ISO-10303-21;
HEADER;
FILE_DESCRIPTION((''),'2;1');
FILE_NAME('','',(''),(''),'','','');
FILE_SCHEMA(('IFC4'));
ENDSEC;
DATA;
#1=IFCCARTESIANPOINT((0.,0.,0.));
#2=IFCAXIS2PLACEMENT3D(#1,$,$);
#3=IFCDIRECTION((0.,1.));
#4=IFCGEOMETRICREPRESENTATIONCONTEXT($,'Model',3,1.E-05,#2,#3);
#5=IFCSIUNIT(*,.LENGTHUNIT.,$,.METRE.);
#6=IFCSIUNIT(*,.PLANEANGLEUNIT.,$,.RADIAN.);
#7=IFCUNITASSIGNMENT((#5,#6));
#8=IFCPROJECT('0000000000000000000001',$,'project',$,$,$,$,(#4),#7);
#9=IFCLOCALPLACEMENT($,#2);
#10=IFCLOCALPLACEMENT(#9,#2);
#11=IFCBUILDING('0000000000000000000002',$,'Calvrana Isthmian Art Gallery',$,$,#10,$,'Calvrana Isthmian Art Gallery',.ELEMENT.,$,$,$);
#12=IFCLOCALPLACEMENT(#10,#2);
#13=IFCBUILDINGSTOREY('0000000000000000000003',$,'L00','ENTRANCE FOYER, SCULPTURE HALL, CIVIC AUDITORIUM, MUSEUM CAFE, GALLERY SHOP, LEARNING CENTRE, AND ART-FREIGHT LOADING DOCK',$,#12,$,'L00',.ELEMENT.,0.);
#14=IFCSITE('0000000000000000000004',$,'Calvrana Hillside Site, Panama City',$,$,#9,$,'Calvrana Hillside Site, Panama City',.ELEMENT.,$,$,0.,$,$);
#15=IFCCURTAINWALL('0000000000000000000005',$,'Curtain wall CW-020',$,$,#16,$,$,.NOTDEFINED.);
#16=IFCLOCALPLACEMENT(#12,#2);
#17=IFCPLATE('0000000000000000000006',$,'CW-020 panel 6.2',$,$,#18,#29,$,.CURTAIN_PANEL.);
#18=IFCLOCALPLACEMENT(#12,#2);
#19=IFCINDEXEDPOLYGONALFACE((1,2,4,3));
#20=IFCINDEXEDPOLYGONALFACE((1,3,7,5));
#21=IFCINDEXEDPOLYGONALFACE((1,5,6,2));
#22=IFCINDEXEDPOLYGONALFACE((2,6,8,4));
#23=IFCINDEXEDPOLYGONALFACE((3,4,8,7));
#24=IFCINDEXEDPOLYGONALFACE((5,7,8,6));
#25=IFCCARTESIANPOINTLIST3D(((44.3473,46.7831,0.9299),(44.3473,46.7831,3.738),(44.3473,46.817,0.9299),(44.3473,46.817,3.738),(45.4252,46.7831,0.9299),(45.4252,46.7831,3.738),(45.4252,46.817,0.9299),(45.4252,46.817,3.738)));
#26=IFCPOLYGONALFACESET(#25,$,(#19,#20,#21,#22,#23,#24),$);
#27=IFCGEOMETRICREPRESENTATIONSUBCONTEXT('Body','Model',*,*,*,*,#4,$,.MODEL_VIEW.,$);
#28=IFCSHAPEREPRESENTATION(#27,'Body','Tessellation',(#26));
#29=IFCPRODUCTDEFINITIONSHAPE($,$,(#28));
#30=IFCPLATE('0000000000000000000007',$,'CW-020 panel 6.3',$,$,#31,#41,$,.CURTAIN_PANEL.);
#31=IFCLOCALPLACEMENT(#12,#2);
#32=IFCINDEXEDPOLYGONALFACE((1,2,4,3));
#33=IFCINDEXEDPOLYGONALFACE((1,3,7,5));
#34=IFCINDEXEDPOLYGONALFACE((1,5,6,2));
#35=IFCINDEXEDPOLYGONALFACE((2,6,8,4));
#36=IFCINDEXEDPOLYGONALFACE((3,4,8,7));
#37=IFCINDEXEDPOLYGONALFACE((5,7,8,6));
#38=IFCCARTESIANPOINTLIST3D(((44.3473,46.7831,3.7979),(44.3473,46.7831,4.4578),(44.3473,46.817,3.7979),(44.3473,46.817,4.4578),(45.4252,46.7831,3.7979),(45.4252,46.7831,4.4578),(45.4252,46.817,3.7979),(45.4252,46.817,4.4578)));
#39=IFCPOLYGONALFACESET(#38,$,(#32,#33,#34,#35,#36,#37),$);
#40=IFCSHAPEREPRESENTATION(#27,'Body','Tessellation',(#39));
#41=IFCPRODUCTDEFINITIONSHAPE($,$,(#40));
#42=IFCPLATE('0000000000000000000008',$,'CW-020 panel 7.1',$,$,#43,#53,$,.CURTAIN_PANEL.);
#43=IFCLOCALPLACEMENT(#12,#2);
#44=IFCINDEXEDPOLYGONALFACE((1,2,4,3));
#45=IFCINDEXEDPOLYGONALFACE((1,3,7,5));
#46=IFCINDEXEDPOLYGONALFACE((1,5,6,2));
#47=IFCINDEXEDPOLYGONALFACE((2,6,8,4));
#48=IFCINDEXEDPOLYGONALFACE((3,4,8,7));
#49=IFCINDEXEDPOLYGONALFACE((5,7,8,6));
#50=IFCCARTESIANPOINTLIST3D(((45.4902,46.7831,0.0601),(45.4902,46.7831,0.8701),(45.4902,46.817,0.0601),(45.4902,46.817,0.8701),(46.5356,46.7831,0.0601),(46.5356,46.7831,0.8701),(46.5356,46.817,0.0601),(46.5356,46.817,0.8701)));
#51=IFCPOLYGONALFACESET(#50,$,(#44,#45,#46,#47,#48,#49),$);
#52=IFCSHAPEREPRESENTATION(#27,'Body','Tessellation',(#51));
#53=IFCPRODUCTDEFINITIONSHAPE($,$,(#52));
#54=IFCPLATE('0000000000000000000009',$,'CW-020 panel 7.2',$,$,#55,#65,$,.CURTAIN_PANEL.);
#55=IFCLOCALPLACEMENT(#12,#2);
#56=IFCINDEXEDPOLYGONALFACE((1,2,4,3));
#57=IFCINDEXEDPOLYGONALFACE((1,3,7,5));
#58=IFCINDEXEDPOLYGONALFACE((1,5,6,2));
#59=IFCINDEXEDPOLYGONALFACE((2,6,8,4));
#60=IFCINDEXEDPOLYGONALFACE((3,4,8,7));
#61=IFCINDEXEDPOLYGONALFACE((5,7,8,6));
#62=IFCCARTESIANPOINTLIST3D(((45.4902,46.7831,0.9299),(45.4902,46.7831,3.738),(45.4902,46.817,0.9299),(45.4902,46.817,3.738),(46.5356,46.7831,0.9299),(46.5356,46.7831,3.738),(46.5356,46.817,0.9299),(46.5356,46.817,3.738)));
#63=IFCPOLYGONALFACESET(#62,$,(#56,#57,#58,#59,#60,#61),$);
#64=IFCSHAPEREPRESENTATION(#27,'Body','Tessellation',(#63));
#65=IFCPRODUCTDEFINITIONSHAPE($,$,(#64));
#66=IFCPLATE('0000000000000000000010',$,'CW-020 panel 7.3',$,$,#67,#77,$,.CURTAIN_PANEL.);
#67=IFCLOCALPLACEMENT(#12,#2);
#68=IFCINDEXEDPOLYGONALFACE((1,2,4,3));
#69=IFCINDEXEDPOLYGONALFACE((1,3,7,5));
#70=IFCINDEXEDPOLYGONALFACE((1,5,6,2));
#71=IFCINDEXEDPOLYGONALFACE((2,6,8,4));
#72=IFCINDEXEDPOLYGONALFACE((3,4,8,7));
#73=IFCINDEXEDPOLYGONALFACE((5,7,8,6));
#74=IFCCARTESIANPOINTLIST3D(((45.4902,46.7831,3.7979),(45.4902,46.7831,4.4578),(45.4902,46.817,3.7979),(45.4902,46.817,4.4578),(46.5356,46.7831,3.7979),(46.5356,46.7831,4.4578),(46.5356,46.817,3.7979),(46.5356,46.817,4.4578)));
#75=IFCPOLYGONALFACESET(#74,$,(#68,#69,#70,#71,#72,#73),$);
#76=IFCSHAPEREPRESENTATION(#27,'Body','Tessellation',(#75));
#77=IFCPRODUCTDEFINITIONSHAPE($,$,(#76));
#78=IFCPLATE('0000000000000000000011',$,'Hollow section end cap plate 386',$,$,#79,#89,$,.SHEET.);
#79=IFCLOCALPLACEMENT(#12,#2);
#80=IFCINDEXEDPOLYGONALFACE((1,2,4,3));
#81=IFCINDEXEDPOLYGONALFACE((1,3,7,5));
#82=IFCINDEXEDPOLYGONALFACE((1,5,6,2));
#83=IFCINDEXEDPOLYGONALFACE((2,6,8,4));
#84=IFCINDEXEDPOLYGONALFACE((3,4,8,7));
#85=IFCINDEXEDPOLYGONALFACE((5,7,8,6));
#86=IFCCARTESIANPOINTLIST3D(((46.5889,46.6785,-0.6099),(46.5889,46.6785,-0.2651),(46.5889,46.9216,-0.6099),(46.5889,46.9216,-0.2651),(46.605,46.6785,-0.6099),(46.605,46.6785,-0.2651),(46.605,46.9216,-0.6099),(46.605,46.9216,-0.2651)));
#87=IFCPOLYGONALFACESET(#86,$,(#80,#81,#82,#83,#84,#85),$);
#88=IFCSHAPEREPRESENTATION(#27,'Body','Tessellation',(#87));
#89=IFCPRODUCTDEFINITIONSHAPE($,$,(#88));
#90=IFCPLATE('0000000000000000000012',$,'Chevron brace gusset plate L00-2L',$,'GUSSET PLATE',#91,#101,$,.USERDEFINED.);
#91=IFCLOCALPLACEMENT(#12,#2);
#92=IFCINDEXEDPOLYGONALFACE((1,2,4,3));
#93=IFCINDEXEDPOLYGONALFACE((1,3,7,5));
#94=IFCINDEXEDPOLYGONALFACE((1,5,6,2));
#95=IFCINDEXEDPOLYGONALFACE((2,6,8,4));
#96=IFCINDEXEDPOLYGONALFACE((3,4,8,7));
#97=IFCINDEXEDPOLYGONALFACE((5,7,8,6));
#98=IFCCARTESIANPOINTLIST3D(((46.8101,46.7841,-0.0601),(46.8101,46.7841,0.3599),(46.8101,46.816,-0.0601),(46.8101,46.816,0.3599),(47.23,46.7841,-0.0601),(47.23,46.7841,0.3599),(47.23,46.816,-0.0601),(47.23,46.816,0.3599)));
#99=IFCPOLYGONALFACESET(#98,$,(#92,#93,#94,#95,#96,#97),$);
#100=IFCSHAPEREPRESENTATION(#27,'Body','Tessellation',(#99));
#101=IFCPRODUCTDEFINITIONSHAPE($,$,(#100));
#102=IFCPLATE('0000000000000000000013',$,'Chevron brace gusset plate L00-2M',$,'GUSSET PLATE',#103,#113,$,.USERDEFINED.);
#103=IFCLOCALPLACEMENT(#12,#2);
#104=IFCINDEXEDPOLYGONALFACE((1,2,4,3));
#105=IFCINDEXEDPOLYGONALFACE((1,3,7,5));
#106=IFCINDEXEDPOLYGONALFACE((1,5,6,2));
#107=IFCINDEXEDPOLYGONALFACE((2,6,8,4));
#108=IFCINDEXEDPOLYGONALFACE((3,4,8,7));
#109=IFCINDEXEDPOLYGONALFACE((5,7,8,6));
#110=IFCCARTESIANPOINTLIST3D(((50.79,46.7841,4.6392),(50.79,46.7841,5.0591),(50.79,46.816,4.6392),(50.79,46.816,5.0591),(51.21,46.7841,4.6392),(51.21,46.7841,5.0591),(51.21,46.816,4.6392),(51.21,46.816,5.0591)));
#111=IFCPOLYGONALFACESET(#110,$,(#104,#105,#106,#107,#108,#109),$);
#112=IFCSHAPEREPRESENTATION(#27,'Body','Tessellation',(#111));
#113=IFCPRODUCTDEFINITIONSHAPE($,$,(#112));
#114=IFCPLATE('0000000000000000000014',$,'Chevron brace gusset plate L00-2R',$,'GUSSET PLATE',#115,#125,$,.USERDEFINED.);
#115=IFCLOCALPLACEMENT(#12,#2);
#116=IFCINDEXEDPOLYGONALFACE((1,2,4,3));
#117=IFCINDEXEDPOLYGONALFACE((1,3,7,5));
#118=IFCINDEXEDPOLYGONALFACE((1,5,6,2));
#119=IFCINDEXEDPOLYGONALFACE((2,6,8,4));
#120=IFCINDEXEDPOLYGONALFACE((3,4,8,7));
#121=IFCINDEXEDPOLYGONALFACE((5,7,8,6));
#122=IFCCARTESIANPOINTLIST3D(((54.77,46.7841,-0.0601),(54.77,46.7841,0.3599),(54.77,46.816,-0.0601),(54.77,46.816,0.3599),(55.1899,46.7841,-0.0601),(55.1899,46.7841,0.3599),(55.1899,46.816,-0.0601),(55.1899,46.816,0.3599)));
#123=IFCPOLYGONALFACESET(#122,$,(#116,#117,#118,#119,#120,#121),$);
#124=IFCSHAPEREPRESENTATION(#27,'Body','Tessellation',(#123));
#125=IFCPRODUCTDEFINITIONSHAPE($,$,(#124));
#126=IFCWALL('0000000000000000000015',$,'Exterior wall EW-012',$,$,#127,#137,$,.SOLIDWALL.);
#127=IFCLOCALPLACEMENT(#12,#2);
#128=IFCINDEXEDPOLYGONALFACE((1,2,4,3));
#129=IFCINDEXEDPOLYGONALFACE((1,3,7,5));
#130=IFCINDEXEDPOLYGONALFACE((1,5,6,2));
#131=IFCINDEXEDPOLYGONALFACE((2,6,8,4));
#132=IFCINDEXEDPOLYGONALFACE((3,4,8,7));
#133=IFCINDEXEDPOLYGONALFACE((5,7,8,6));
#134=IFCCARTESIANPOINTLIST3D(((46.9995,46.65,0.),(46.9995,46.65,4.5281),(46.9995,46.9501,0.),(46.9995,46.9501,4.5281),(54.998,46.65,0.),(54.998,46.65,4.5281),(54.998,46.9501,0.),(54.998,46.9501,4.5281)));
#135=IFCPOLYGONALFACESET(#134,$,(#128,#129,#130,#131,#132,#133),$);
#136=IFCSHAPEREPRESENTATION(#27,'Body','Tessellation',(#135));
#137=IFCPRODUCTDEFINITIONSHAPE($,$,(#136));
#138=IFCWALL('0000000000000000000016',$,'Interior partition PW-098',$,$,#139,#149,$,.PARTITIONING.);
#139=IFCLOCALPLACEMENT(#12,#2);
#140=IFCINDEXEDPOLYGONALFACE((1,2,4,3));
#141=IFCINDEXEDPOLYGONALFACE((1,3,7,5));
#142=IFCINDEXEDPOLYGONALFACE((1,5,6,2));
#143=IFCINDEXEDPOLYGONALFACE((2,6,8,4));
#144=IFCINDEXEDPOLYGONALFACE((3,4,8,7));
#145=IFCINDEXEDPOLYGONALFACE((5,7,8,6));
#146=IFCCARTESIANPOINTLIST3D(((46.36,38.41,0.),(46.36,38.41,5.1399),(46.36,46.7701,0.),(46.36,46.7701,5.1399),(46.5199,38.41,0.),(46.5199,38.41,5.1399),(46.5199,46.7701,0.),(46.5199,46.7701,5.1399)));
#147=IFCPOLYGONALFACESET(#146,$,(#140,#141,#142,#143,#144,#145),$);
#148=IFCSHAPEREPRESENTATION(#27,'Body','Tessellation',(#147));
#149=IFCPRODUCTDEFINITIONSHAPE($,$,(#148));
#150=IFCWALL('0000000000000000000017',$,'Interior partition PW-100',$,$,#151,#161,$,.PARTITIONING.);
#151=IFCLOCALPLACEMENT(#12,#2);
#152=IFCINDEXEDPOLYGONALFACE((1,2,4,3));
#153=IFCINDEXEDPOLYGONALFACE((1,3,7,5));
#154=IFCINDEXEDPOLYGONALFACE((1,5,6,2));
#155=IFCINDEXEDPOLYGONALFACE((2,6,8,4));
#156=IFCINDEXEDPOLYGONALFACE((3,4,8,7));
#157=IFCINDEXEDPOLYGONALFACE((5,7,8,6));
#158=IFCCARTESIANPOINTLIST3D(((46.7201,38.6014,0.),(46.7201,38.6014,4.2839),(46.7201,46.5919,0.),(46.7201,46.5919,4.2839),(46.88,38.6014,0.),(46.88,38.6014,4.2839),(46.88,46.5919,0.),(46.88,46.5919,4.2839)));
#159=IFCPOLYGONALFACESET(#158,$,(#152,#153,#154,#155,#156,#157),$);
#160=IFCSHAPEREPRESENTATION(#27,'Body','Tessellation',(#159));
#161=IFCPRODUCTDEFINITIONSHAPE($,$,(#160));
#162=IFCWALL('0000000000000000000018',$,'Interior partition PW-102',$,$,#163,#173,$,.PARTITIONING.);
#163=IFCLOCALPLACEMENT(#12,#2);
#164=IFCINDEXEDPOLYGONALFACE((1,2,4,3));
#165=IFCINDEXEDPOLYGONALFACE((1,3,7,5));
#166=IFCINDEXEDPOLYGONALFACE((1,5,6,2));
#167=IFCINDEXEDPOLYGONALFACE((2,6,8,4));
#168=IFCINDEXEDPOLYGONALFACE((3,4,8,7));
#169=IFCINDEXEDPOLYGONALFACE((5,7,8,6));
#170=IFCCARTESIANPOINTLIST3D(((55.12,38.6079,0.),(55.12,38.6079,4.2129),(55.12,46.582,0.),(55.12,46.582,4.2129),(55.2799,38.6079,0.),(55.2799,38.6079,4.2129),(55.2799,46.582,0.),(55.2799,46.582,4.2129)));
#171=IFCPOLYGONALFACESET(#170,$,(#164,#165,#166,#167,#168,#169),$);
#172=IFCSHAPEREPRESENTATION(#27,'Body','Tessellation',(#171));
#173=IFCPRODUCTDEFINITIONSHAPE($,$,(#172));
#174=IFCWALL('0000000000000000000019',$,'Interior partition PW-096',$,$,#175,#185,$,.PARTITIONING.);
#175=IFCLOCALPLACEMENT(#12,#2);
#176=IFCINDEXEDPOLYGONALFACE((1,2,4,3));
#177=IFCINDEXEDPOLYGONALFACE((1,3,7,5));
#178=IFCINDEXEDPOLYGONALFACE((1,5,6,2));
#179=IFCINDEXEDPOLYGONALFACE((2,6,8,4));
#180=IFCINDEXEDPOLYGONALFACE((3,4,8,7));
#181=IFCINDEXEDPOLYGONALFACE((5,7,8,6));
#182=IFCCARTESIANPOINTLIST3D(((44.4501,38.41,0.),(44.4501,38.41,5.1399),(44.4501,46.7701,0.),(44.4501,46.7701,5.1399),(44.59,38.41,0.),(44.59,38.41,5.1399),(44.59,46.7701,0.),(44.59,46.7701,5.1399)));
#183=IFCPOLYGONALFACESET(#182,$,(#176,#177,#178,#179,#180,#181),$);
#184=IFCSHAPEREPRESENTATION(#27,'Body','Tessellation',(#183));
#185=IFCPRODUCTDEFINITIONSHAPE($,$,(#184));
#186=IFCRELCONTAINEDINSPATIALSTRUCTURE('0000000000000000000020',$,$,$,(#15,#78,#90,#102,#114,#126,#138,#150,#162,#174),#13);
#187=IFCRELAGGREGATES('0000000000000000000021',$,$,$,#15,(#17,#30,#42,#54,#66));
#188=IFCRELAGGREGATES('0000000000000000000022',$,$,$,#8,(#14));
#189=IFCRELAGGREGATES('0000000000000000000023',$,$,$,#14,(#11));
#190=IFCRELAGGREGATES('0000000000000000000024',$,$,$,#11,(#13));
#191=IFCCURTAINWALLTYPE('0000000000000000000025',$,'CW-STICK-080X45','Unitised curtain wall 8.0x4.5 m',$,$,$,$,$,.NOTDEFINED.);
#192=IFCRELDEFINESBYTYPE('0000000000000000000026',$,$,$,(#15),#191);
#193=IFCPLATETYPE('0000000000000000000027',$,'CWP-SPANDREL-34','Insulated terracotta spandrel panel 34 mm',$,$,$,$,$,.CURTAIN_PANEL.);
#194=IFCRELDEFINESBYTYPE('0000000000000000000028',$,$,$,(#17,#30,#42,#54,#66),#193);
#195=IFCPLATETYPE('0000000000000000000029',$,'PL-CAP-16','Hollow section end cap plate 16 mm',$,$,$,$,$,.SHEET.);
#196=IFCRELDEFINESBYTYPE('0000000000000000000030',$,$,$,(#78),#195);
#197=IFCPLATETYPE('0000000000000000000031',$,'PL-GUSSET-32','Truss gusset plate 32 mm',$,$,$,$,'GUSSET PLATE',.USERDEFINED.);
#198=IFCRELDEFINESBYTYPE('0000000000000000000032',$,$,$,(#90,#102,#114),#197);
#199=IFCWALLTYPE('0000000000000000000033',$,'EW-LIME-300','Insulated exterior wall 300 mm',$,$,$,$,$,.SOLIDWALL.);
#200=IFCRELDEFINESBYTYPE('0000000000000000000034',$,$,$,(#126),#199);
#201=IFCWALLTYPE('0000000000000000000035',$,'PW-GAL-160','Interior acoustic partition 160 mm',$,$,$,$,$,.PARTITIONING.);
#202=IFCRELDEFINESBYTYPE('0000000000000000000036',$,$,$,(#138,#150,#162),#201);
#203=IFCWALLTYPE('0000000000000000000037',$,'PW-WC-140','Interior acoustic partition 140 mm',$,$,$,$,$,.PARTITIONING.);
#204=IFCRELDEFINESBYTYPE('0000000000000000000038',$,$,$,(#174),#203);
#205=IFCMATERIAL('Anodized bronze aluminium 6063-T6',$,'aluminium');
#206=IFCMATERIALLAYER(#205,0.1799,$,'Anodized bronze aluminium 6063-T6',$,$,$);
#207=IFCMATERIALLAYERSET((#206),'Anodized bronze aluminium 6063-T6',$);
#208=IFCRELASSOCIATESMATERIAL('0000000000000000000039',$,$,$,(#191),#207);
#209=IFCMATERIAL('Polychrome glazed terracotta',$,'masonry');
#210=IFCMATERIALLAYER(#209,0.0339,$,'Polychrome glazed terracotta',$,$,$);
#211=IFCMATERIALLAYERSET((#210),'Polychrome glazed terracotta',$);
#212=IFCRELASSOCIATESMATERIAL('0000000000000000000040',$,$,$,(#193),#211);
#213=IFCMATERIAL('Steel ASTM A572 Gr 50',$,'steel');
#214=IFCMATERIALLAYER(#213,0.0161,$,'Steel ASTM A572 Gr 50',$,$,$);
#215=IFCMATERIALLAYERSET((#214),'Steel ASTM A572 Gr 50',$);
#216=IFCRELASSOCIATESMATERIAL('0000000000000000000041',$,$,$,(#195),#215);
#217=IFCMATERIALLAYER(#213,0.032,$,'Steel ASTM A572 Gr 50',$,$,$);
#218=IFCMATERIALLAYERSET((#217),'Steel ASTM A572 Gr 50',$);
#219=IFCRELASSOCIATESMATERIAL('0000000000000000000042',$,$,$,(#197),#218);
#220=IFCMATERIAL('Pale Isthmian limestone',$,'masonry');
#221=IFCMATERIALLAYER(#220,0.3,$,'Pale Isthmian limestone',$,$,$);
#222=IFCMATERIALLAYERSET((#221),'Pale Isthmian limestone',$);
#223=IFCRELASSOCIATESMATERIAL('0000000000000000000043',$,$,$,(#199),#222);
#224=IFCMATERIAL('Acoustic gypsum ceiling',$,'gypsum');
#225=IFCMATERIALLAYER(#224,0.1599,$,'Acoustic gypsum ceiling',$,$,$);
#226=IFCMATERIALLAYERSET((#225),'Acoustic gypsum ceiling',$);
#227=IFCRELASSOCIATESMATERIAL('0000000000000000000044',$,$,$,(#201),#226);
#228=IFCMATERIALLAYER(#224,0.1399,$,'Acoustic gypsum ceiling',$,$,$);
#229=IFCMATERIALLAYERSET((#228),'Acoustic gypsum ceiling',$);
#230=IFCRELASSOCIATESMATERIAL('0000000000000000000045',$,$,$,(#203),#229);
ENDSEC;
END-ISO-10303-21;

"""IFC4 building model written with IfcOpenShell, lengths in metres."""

from ifc_helpers import new_model, si_unit, direction, frame, frame_2d, origin, origin_2d, place, context, subcontext, project, spatial, rectangle, extrude, material, layer, layer_set, type_object, element, aggregate, save


model = new_model("IFC4")

# Units and contexts
model_context = context("Model", 3, precision=1e-05, world=origin(), true_north=direction((0.0, 1.0)))
body_context = subcontext(model_context, "Body", "Model", "MODEL_VIEW")
ifc_project = project(units=[si_unit("LENGTHUNIT", "METRE"), si_unit("PLANEANGLEUNIT", "RADIAN")], contexts=[model_context])

# Site, building, storey
site_placement = place(None, origin())
site = spatial("IfcSite", under=ifc_project, at=site_placement, Name="Calvrana Hillside Site, Panama City", LongName="Calvrana Hillside Site, Panama City", CompositionType="ELEMENT", RefElevation=0.0)
building_placement = place(site_placement, origin())
building = spatial("IfcBuilding", under=site, at=building_placement, Name="Calvrana Isthmian Art Gallery", LongName="Calvrana Isthmian Art Gallery", CompositionType="ELEMENT")
storey_placement = place(building_placement, origin())
storey = spatial("IfcBuildingStorey", under=building, at=storey_placement, Name="L00", Description="ENTRANCE FOYER, SCULPTURE HALL, CIVIC AUDITORIUM, MUSEUM CAFE, GALLERY SHOP, LEARNING CENTRE, AND ART-FREIGHT LOADING DOCK", LongName="L00", CompositionType="ELEMENT", Elevation=0.0)

# Curtain wall
ifc_material_1 = material(Name="Anodized bronze aluminium 6063-T6", Category="aluminium")
ifc_layer_1 = layer(ifc_material_1, 0.1799, Name="Anodized bronze aluminium 6063-T6")
ifc_layer_set_1 = layer_set([ifc_layer_1], Name="Anodized bronze aluminium 6063-T6")
curtain_wall_type = type_object("IfcCurtainWallType", Name="CW-STICK-080X45", Description="Unitised curtain wall 8.0x4.5 m", PredefinedType="NOTDEFINED", material=ifc_layer_set_1)
curtain_wall_placement = place(storey_placement, origin())
curtain_wall = element("IfcCurtainWall", 1, at=curtain_wall_placement, inside=storey, type_object=curtain_wall_type, Name="Curtain wall CW-020", PredefinedType="NOTDEFINED")

# Plates
ifc_material_2 = material(Name="Polychrome glazed terracotta", Category="masonry")
ifc_layer_2 = layer(ifc_material_2, 0.0339, Name="Polychrome glazed terracotta")
ifc_layer_set_2 = layer_set([ifc_layer_2], Name="Polychrome glazed terracotta")
plate_type_1 = type_object("IfcPlateType", Name="CWP-SPANDREL-34", Description="Insulated terracotta spandrel panel 34 mm", PredefinedType="CURTAIN_PANEL", material=ifc_layer_set_2)
plate_1_placement = place(storey_placement, frame((44.8862, 46.8, 0.9299), z_axis=(0.0, 0.0, 1.0), x_axis=(1.0, 0.0, 0.0)))
plate_1 = element("IfcPlate", 2, at=plate_1_placement, type_object=plate_type_1, Name="CW-020 panel 6.2", PredefinedType="CURTAIN_PANEL", context=body_context, shape_type="SweptSolid", body=[
    extrude(rectangle(XDim=1.0779, YDim=0.0339, at=origin_2d()), origin(), (0.0, 0.0, 1.0), 2.8081),
])
plate_2_placement = place(storey_placement, frame((44.8862, 46.8, 3.7979), z_axis=(0.0, 0.0, 1.0), x_axis=(1.0, 0.0, 0.0)))
plate_2 = element("IfcPlate", 3, at=plate_2_placement, type_object=plate_type_1, Name="CW-020 panel 6.3", PredefinedType="CURTAIN_PANEL", context=body_context, shape_type="SweptSolid", body=[
    extrude(rectangle(XDim=1.0779, YDim=0.0339, at=origin_2d()), origin(), (0.0, 0.0, 1.0), 0.6599),
])
plate_3_placement = place(storey_placement, frame((46.0129, 46.8, 0.0601), z_axis=(0.0, 0.0, 1.0), x_axis=(1.0, 0.0, 0.0)))
plate_3 = element("IfcPlate", 4, at=plate_3_placement, type_object=plate_type_1, Name="CW-020 panel 7.1", PredefinedType="CURTAIN_PANEL", context=body_context, shape_type="SweptSolid", body=[
    extrude(rectangle(XDim=1.0454, YDim=0.0339, at=origin_2d()), origin(), (0.0, 0.0, 1.0), 0.8101),
])
plate_4_placement = place(storey_placement, frame((46.0129, 46.8, 0.9299), z_axis=(0.0, 0.0, 1.0), x_axis=(1.0, 0.0, 0.0)))
plate_4 = element("IfcPlate", 5, at=plate_4_placement, type_object=plate_type_1, Name="CW-020 panel 7.2", PredefinedType="CURTAIN_PANEL", context=body_context, shape_type="SweptSolid", body=[
    extrude(rectangle(XDim=1.0454, YDim=0.0339, at=origin_2d()), origin(), (0.0, 0.0, 1.0), 2.8081),
])
plate_5_placement = place(storey_placement, frame((46.0129, 46.8, 3.7979), z_axis=(0.0, 0.0, 1.0), x_axis=(1.0, 0.0, 0.0)))
plate_5 = element("IfcPlate", 6, at=plate_5_placement, type_object=plate_type_1, Name="CW-020 panel 7.3", PredefinedType="CURTAIN_PANEL", context=body_context, shape_type="SweptSolid", body=[
    extrude(rectangle(XDim=1.0454, YDim=0.0339, at=origin_2d()), origin(), (0.0, 0.0, 1.0), 0.6599),
])
aggregate(curtain_wall, [plate_1, plate_2, plate_3, plate_4, plate_5])

# Plates
ifc_material_3 = material(Name="Steel ASTM A572 Gr 50", Category="steel")
ifc_layer_3 = layer(ifc_material_3, 0.0161, Name="Steel ASTM A572 Gr 50")
ifc_layer_set_3 = layer_set([ifc_layer_3], Name="Steel ASTM A572 Gr 50")
plate_type_2 = type_object("IfcPlateType", Name="PL-CAP-16", Description="Hollow section end cap plate 16 mm", PredefinedType="SHEET", material=ifc_layer_set_3)
plate_6_placement = place(storey_placement, frame((46.5969, 46.8, -0.6099), z_axis=(0.0, 0.0, 1.0), x_axis=(1.0, 0.0, 0.0)))
element("IfcPlate", 7, at=plate_6_placement, inside=storey, type_object=plate_type_2, Name="Hollow section end cap plate 386", PredefinedType="SHEET", context=body_context, shape_type="SweptSolid", body=[
    extrude(rectangle(XDim=0.0161, YDim=0.2432, at=origin_2d()), origin(), (0.0, 0.0, 1.0), 0.3447),
])
ifc_layer_4 = layer(ifc_material_3, 0.032, Name="Steel ASTM A572 Gr 50")
ifc_layer_set_4 = layer_set([ifc_layer_4], Name="Steel ASTM A572 Gr 50")
plate_type_3 = type_object("IfcPlateType", Name="PL-GUSSET-32", Description="Truss gusset plate 32 mm", ElementType="GUSSET PLATE", PredefinedType="USERDEFINED", material=ifc_layer_set_4)
for number, where, z_axis, x_axis, name in (
    (8, (47.02, 46.8, -0.0601), (0.0, 0.0, 1.0), (1.0, 0.0, 0.0), "Chevron brace gusset plate L00-2L"),
    (9, (51.0, 46.8, 4.6392), (0.0, 0.0, 1.0), (1.0, 0.0, 0.0), "Chevron brace gusset plate L00-2M"),
    (10, (54.98, 46.8, -0.0601), (0.0, 0.0, 1.0), (1.0, 0.0, 0.0), "Chevron brace gusset plate L00-2R"),
):
    element("IfcPlate", number, at=place(storey_placement, frame(where, z_axis=z_axis, x_axis=x_axis)), inside=storey, type_object=plate_type_3, Name=name, ObjectType="GUSSET PLATE", PredefinedType="USERDEFINED", context=body_context, shape_type="SweptSolid", body=[
        extrude(rectangle(XDim=0.4199, YDim=0.032, at=origin_2d()), origin(), (0.0, 0.0, 1.0), 0.4199),
    ])

# Walls
ifc_material_4 = material(Name="Pale Isthmian limestone", Category="masonry")
ifc_layer_5 = layer(ifc_material_4, 0.3, Name="Pale Isthmian limestone")
ifc_layer_set_5 = layer_set([ifc_layer_5], Name="Pale Isthmian limestone")
wall_type_1 = type_object("IfcWallType", Name="EW-LIME-300", Description="Insulated exterior wall 300 mm", PredefinedType="SOLIDWALL", material=ifc_layer_set_5)
wall_1_placement = place(storey_placement, frame((46.9995, 46.8, 0.0), z_axis=(0.0, 0.0, 1.0), x_axis=(1.0, 0.0, 0.0)))
element("IfcWall", 11, at=wall_1_placement, inside=storey, type_object=wall_type_1, Name="Exterior wall EW-012", PredefinedType="SOLIDWALL", context=body_context, shape_type="SweptSolid", body=[
    extrude(rectangle(XDim=7.9985, YDim=0.3, at=frame_2d((3.9993, 0.0))), origin(), (0.0, 0.0, 1.0), 4.5281),
])
ifc_material_5 = material(Name="Acoustic gypsum ceiling", Category="gypsum")
ifc_layer_6 = layer(ifc_material_5, 0.1599, Name="Acoustic gypsum ceiling")
ifc_layer_set_6 = layer_set([ifc_layer_6], Name="Acoustic gypsum ceiling")
wall_type_2 = type_object("IfcWallType", Name="PW-GAL-160", Description="Interior acoustic partition 160 mm", PredefinedType="PARTITIONING", material=ifc_layer_set_6)
wall_2_placement = place(storey_placement, frame((46.4399, 38.4099, 0.0), z_axis=(0.0, 0.0, 1.0), x_axis=(0.0, 1.0, 0.0)))
element("IfcWall", 12, at=wall_2_placement, inside=storey, type_object=wall_type_2, Name="Interior partition PW-098", PredefinedType="PARTITIONING", context=body_context, shape_type="SweptSolid", body=[
    extrude(rectangle(XDim=8.3601, YDim=0.1599, at=frame_2d((4.1802, 0.0))), origin(), (0.0, 0.0, 1.0), 5.1399),
])
wall_3_placement = place(storey_placement, frame((46.8, 38.6016, 0.0), z_axis=(0.0, 0.0, 1.0), x_axis=(0.0, 1.0, 0.0)))
element("IfcWall", 13, at=wall_3_placement, inside=storey, type_object=wall_type_2, Name="Interior partition PW-100", PredefinedType="PARTITIONING", context=body_context, shape_type="SweptSolid", body=[
    extrude(rectangle(XDim=7.9905, YDim=0.1599, at=frame_2d((3.9951, 0.0))), origin(), (0.0, 0.0, 1.0), 4.2839),
])
wall_4_placement = place(storey_placement, frame((55.2, 38.6079, 0.0), z_axis=(0.0, 0.0, 1.0), x_axis=(0.0, 1.0, 0.0)))
element("IfcWall", 14, at=wall_4_placement, inside=storey, type_object=wall_type_2, Name="Interior partition PW-102", PredefinedType="PARTITIONING", context=body_context, shape_type="SweptSolid", body=[
    extrude(rectangle(XDim=7.9741, YDim=0.1599, at=frame_2d((3.9871, 0.0))), origin(), (0.0, 0.0, 1.0), 4.2129),
])
ifc_layer_7 = layer(ifc_material_5, 0.1399, Name="Acoustic gypsum ceiling")
ifc_layer_set_7 = layer_set([ifc_layer_7], Name="Acoustic gypsum ceiling")
wall_type_3 = type_object("IfcWallType", Name="PW-WC-140", Description="Interior acoustic partition 140 mm", PredefinedType="PARTITIONING", material=ifc_layer_set_7)
wall_5_placement = place(storey_placement, frame((44.52, 38.4099, 0.0), z_axis=(0.0, 0.0, 1.0), x_axis=(0.0, 1.0, 0.0)))
element("IfcWall", 15, at=wall_5_placement, inside=storey, type_object=wall_type_3, Name="Interior partition PW-096", PredefinedType="PARTITIONING", context=body_context, shape_type="SweptSolid", body=[
    extrude(rectangle(XDim=8.3601, YDim=0.1399, at=frame_2d((4.1802, 0.0))), origin(), (0.0, 0.0, 1.0), 5.1399),
])

save(model, "model.ifc")
